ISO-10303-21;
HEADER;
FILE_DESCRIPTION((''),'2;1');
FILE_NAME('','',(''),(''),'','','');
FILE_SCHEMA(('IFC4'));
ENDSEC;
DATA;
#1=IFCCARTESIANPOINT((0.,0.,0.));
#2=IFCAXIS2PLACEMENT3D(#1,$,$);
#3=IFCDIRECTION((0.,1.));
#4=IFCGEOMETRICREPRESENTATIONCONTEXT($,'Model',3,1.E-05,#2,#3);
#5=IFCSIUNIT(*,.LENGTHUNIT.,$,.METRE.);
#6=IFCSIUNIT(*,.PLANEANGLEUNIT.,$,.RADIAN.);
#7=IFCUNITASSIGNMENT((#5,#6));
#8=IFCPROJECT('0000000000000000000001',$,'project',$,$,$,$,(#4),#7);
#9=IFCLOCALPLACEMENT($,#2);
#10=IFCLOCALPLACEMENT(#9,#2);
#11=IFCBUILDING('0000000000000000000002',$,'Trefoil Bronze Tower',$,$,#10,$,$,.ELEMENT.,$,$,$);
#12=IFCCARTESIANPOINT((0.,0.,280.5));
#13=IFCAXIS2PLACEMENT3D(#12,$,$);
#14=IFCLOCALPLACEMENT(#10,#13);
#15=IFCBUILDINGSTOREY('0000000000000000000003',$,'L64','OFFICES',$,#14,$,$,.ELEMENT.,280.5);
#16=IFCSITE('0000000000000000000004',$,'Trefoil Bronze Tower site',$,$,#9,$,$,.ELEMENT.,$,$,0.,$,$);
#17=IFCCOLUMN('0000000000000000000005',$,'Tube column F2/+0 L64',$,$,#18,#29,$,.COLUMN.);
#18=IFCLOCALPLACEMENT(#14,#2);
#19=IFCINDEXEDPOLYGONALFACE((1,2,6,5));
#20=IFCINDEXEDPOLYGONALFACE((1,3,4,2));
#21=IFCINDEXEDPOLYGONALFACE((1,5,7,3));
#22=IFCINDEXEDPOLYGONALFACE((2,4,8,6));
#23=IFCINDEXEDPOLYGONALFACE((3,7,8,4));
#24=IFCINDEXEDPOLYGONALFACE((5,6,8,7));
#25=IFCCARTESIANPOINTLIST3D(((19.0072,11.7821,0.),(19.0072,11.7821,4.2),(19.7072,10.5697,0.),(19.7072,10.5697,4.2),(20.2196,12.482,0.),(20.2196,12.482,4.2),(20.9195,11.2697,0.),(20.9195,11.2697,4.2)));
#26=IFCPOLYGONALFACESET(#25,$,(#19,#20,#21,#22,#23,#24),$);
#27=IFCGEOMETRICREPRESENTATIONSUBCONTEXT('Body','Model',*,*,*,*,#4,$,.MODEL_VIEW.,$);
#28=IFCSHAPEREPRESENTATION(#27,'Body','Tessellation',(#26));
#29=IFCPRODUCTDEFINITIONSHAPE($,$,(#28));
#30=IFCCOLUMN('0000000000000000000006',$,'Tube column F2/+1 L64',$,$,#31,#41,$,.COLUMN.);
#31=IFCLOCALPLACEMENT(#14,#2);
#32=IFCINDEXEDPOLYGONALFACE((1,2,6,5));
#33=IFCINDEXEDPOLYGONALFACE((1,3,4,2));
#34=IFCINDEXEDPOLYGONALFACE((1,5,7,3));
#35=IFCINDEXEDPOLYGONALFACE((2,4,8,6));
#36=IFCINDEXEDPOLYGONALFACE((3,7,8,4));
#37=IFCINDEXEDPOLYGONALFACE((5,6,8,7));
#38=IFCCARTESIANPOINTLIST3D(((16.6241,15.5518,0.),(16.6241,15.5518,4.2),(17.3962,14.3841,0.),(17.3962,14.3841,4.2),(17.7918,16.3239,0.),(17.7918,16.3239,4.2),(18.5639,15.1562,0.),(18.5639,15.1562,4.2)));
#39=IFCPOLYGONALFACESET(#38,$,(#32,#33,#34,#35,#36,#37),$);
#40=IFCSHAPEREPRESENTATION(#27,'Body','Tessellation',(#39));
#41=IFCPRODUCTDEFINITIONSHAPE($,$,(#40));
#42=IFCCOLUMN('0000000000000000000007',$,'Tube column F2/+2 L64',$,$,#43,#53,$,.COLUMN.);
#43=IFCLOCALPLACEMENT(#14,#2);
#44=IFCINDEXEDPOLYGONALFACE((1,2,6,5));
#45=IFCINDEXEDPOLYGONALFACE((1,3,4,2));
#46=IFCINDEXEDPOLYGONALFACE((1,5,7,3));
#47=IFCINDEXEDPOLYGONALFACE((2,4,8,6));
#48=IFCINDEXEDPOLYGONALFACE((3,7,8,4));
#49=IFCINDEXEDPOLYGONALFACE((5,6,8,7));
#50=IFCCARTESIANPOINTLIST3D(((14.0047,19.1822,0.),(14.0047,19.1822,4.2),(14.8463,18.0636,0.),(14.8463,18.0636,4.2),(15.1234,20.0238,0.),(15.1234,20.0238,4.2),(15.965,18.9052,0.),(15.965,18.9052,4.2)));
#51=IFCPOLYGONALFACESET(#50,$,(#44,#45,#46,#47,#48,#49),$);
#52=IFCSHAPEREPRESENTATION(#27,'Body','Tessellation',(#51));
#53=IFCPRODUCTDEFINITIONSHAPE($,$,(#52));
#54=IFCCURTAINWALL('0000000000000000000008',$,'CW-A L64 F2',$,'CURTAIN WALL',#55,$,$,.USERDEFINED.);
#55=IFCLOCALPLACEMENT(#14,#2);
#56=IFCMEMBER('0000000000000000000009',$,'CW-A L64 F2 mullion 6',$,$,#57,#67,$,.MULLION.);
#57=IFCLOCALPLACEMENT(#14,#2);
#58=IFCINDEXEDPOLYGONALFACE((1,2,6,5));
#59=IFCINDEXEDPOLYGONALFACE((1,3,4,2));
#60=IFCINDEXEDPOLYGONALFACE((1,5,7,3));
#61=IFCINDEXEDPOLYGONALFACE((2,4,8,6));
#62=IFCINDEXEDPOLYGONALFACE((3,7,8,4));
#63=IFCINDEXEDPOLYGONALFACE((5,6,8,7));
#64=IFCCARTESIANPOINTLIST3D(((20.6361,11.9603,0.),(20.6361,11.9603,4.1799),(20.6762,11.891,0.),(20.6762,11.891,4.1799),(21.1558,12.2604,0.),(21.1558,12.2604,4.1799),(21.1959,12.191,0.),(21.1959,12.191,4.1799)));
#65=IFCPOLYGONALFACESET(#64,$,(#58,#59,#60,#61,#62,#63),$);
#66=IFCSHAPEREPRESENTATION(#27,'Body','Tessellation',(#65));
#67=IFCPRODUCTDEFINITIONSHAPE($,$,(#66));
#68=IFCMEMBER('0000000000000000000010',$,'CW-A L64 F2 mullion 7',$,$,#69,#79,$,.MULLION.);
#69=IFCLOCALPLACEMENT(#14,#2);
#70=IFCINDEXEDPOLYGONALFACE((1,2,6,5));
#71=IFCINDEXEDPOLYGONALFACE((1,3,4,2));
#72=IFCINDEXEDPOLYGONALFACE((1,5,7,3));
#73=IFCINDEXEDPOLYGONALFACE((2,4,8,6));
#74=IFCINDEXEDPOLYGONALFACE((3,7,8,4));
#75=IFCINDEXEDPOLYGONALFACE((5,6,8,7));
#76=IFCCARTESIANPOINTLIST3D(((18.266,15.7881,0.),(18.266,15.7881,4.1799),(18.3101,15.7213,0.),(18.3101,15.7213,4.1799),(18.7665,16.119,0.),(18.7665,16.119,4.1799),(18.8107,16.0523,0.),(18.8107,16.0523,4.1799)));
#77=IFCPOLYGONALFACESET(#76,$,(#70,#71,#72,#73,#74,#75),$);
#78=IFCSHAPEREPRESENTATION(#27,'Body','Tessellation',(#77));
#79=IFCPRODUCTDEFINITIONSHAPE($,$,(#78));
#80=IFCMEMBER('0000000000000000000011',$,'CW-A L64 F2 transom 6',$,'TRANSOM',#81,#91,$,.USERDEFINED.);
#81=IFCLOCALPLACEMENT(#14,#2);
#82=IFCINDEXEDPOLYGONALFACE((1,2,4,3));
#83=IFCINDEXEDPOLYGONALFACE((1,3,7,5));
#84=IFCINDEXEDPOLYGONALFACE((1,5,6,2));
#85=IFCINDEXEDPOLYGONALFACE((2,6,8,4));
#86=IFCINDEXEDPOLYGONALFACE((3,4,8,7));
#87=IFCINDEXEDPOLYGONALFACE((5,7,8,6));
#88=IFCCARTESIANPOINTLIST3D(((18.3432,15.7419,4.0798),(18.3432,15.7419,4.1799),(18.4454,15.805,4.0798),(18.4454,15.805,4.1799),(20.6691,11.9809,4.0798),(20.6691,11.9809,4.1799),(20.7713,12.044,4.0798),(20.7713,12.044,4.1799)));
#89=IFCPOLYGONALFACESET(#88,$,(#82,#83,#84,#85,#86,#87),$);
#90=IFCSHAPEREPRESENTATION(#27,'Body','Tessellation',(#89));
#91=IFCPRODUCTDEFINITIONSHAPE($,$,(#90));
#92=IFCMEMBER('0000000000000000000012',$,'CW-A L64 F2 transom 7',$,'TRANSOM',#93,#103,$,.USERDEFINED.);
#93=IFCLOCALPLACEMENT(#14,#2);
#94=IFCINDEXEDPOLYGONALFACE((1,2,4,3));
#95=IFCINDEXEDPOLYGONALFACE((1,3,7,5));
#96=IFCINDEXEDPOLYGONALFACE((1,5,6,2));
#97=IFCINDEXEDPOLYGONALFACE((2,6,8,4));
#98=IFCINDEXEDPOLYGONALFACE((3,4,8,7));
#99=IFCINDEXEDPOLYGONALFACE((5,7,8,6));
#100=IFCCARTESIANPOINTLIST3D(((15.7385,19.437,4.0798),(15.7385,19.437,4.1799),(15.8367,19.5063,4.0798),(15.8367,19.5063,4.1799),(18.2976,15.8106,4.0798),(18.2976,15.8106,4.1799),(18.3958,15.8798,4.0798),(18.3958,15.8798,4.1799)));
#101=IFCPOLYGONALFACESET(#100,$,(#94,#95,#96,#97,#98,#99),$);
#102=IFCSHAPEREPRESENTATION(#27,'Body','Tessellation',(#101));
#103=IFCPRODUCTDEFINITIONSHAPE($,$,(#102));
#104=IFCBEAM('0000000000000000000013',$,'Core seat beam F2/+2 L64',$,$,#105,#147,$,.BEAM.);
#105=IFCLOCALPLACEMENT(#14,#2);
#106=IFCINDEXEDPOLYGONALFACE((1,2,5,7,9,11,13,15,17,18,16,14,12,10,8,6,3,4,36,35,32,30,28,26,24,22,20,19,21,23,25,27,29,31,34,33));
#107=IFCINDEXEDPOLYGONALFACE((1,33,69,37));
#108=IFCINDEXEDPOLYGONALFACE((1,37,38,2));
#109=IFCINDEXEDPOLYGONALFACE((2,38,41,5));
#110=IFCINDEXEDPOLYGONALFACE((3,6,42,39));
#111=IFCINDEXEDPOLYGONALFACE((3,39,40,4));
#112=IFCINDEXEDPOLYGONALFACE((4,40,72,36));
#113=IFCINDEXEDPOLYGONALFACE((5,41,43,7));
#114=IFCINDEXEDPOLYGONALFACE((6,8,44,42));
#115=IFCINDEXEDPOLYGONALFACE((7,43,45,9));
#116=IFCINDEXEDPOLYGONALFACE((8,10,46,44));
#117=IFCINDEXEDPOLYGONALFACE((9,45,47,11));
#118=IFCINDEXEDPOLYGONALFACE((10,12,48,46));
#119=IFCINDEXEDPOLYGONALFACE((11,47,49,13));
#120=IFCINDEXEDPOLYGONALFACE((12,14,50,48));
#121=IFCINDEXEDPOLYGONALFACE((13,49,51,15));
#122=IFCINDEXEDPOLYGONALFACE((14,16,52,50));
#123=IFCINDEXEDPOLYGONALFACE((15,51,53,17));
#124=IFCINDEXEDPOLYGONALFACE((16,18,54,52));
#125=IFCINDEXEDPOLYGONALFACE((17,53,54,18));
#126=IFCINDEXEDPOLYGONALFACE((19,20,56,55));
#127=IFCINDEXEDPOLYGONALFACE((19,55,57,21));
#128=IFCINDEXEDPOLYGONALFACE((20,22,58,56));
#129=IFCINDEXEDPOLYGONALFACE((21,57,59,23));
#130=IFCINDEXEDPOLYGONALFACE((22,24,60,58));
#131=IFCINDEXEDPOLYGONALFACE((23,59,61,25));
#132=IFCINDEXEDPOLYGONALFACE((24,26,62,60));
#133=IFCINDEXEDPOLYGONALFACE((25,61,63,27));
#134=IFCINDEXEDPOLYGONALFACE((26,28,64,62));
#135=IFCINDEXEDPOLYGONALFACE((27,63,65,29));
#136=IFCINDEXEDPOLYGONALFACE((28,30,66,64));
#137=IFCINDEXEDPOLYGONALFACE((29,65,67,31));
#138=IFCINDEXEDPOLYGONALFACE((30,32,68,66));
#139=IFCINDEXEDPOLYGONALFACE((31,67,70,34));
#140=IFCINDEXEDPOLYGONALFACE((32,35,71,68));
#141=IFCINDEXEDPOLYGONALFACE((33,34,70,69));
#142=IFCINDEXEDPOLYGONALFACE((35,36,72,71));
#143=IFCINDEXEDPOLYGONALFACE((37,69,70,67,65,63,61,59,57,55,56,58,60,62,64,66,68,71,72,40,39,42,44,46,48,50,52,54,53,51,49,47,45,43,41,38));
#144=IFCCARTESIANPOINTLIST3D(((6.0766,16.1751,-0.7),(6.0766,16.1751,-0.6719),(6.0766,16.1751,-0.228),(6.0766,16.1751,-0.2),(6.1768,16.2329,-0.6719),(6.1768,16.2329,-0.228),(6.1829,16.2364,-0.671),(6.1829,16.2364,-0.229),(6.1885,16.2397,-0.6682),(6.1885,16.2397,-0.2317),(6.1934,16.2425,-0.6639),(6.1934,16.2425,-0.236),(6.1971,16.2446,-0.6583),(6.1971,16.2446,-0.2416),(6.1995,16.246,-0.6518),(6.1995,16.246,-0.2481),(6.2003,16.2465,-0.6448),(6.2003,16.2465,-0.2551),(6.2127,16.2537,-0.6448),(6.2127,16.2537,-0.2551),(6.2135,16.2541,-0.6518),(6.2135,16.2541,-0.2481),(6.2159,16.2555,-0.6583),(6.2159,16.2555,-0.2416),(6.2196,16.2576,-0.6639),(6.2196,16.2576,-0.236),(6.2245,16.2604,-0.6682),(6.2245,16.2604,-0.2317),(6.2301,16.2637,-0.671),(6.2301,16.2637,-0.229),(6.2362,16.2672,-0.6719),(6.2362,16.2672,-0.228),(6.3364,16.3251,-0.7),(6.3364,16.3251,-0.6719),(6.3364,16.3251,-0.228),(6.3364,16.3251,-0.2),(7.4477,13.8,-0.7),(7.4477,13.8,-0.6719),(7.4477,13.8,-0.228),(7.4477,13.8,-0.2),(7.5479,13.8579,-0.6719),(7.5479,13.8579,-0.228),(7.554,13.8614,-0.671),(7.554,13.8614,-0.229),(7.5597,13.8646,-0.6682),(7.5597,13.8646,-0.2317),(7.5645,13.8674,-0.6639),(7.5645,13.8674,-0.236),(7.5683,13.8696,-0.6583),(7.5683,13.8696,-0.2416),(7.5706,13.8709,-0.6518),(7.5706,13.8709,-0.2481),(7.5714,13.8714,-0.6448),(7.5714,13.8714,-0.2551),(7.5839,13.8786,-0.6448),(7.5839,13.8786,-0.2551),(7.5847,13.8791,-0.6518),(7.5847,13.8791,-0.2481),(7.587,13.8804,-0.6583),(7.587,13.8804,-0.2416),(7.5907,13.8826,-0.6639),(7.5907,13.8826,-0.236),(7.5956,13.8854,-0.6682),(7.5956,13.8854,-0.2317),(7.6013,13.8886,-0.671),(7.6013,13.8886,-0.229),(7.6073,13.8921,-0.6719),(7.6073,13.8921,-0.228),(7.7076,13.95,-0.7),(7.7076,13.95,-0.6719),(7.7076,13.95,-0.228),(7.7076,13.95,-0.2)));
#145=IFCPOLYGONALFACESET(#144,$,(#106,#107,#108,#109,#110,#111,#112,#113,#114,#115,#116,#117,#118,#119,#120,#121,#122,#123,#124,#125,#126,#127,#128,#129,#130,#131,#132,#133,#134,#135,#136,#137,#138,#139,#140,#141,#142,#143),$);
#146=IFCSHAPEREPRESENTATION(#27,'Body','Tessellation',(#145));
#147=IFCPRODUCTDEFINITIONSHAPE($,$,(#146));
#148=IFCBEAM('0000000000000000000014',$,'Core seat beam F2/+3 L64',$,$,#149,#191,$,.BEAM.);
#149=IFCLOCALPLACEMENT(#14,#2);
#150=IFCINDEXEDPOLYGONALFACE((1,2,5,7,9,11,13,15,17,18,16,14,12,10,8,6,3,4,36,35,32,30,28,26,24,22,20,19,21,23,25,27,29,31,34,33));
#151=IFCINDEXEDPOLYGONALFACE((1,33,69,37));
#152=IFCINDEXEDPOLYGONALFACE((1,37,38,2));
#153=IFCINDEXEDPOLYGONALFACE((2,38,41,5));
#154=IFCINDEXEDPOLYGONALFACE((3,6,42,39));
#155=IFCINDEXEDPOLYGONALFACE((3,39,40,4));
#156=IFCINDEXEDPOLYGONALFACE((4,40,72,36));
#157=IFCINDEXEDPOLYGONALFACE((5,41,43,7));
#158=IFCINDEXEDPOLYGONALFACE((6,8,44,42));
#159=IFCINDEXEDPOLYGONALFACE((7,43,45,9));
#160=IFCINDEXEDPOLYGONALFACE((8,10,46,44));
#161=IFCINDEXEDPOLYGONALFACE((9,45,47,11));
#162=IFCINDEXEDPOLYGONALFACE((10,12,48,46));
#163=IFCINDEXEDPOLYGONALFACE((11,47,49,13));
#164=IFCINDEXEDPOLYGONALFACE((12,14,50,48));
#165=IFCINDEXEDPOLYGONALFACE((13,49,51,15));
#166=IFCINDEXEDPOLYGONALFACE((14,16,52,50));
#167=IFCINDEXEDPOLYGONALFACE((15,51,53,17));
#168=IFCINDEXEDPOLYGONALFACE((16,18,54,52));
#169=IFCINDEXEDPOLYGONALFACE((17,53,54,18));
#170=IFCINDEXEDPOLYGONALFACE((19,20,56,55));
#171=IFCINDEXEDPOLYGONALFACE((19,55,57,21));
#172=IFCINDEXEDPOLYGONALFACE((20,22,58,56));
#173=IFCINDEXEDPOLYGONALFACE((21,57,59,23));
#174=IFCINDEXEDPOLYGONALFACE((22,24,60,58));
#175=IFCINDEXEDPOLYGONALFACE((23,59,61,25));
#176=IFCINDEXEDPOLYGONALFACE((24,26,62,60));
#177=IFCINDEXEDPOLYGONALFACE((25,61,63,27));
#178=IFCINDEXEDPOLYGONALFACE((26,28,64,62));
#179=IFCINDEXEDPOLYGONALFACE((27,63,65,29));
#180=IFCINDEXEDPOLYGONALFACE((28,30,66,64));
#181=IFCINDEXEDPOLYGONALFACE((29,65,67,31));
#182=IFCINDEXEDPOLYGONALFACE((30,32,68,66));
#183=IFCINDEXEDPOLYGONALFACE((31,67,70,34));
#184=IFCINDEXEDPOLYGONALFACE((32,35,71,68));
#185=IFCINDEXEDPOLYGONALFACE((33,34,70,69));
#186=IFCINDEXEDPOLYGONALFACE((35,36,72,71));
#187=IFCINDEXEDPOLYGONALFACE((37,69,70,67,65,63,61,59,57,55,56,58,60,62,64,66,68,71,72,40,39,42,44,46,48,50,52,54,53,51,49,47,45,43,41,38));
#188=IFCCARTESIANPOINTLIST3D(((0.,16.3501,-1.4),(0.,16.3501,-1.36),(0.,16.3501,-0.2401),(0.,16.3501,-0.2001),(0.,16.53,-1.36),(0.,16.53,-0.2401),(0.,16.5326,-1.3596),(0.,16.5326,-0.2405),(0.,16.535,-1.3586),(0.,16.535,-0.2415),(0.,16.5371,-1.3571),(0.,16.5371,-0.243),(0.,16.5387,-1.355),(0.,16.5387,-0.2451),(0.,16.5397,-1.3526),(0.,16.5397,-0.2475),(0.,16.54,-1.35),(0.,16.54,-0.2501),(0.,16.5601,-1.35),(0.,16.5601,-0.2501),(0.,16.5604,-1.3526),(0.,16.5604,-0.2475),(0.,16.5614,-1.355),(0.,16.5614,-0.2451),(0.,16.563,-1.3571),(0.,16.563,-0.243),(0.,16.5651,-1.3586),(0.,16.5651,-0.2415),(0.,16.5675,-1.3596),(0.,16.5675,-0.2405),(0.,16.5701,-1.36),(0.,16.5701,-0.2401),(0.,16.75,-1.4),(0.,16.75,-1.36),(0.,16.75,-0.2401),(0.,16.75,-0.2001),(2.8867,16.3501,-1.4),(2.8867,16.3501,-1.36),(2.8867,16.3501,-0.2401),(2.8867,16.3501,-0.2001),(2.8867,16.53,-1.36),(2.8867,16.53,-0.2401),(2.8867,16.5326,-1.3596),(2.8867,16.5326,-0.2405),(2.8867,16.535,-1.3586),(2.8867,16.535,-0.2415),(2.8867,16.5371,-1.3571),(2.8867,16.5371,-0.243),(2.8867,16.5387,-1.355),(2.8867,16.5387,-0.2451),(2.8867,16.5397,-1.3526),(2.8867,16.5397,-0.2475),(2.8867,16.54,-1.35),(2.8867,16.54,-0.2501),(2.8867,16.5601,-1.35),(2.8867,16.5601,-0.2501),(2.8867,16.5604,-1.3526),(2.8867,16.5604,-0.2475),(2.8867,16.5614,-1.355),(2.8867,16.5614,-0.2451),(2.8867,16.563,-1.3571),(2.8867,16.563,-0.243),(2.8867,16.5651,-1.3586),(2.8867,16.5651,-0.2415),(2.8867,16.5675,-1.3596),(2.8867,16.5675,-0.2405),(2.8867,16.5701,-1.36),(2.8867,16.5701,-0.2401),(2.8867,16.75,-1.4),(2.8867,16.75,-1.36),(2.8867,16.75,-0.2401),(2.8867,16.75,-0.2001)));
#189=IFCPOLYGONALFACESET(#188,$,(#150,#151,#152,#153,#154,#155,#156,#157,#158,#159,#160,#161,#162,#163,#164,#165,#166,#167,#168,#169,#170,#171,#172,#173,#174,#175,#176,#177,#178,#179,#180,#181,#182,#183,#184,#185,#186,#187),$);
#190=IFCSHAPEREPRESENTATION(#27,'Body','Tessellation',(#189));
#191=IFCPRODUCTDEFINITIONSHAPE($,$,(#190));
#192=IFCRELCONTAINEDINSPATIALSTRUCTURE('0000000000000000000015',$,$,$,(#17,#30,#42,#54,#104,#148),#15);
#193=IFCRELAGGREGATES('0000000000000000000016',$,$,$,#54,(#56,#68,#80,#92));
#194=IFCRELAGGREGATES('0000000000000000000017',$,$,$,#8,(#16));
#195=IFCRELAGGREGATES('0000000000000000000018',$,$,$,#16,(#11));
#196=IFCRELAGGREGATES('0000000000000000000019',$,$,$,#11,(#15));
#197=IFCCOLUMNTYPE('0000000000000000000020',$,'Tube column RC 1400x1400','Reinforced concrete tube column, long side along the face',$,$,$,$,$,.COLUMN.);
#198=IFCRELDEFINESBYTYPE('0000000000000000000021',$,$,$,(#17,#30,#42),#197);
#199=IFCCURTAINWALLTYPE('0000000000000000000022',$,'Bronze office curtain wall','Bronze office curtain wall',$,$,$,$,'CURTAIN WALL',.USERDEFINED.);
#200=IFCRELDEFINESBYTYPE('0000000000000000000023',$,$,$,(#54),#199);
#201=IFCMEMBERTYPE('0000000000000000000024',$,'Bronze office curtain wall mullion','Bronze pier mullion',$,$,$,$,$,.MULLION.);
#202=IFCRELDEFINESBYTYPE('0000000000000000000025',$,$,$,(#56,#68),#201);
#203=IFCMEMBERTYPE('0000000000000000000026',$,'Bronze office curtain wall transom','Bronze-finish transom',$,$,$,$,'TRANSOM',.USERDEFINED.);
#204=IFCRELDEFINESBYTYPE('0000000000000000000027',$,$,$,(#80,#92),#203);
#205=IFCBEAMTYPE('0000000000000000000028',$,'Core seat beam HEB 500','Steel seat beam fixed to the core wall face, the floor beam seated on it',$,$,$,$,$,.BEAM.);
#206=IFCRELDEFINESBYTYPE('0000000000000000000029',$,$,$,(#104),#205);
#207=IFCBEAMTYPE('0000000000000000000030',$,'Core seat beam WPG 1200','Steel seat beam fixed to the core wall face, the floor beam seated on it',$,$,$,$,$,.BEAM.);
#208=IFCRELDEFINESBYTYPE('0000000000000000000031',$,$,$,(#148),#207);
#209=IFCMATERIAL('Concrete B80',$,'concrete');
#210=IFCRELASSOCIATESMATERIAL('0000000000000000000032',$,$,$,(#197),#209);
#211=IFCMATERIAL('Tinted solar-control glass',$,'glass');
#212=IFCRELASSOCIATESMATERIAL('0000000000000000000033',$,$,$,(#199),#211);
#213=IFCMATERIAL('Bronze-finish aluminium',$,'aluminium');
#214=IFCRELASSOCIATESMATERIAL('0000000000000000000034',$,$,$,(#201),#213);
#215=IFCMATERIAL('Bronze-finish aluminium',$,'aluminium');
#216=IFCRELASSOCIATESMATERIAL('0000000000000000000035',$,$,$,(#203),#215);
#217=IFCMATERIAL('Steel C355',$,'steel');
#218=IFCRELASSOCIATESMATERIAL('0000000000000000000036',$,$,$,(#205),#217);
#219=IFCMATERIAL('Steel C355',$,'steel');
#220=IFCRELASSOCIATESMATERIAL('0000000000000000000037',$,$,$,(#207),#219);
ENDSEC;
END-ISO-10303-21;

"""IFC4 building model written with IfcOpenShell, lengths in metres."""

from ifc_helpers import new_model, si_unit, direction, frame, origin, origin_2d, place, context, subcontext, project, spatial, rectangle, i_section, extrude, material, material_profile, profile_set, type_object, element, aggregate, save


model = new_model("IFC4")

# Units and contexts
model_context = context("Model", 3, precision=1e-05, world=origin(), true_north=direction((0.0, 1.0)))
body_context = subcontext(model_context, "Body", "Model", "MODEL_VIEW")
ifc_project = project(units=[si_unit("LENGTHUNIT", "METRE"), si_unit("PLANEANGLEUNIT", "RADIAN")], contexts=[model_context])

# Site, building, storey
site_placement = place(None, origin())
site = spatial("IfcSite", under=ifc_project, at=site_placement, Name="Trefoil Bronze Tower site", CompositionType="ELEMENT", RefElevation=0.0)
building_placement = place(site_placement, origin())
building = spatial("IfcBuilding", under=site, at=building_placement, Name="Trefoil Bronze Tower", CompositionType="ELEMENT")
storey_placement = place(building_placement, frame((0.0, 0.0, 280.5)))
storey = spatial("IfcBuildingStorey", under=building, at=storey_placement, Name="L64", Description="OFFICES", CompositionType="ELEMENT", Elevation=280.5)

# Columns
ifc_material_1 = material(Name="Concrete B80", Category="concrete")
ifc_material_profile_1 = material_profile(ifc_material_1, rectangle(XDim=1.3999, YDim=1.3999, at=origin_2d()), Name="RC 1400x1400")
ifc_profile_set_1 = profile_set([ifc_material_profile_1], Name="Concrete B80")
column_type = type_object("IfcColumnType", Name="Tube column RC 1400x1400", Description="Reinforced concrete tube column, long side along the face", PredefinedType="COLUMN", material=ifc_profile_set_1)
for number, where, z_axis, x_axis, name in (
    (1, (19.9634, 11.5259, 0.0), (0.0, 0.0, 1.0), (-0.5, 0.866025, 0.0), "Tube column F2/+0 L64"),
    (2, (17.594, 15.354, 0.0), (0.0, 0.0, 1.0), (-0.551524, 0.834159, 0.0), "Tube column F2/+1 L64"),
    (3, (14.9849, 19.0437, 0.0), (0.0, 0.0, 1.0), (-0.601203, 0.799096, 0.0), "Tube column F2/+2 L64"),
):
    element("IfcColumn", number, at=place(storey_placement, frame(where, z_axis=z_axis, x_axis=x_axis)), inside=storey, type_object=column_type, Name=name, PredefinedType="COLUMN", context=body_context, shape_type="SweptSolid", body=[
        extrude(rectangle(XDim=1.3999, YDim=1.3999, at=origin_2d()), origin(), (0.0, 0.0, 1.0), 4.2),
    ])

# Curtain wall, members
ifc_material_2 = material(Name="Tinted solar-control glass", Category="glass")
curtain_wall_type = type_object("IfcCurtainWallType", Name="Bronze office curtain wall", Description="Bronze office curtain wall", ElementType="CURTAIN WALL", PredefinedType="USERDEFINED", material=ifc_material_2)
curtain_wall_placement = place(storey_placement, origin())
curtain_wall = element("IfcCurtainWall", 4, at=curtain_wall_placement, inside=storey, type_object=curtain_wall_type, Name="CW-A L64 F2", ObjectType="CURTAIN WALL", PredefinedType="USERDEFINED")
ifc_material_3 = material(Name="Bronze-finish aluminium", Category="aluminium")
ifc_material_profile_2 = material_profile(ifc_material_3, rectangle(XDim=0.6001, YDim=0.0801, at=origin_2d()), Name="CW-A mullion")
ifc_profile_set_2 = profile_set([ifc_material_profile_2], Name="Bronze-finish aluminium")
member_type_1 = type_object("IfcMemberType", Name="Bronze office curtain wall mullion", Description="Bronze pier mullion", PredefinedType="MULLION", material=ifc_profile_set_2)
member_1_placement = place(storey_placement, frame((20.916, 12.0757, 0.0), z_axis=(0.0, 0.0, 1.0), x_axis=(-0.866025, -0.5, 0.0)))
member_1 = element("IfcMember", 5, at=member_1_placement, type_object=member_type_1, Name="CW-A L64 F2 mullion 6", PredefinedType="MULLION", context=body_context, shape_type="SweptSolid", body=[
    extrude(rectangle(XDim=0.6001, YDim=0.0801, at=origin_2d()), origin(), (0.0, 0.0, 1.0), 4.1799),
])
member_2_placement = place(storey_placement, frame((18.5383, 15.9202, 0.0), z_axis=(0.0, 0.0, 1.0), x_axis=(-0.834159, -0.551524, 0.0)))
member_2 = element("IfcMember", 6, at=member_2_placement, type_object=member_type_1, Name="CW-A L64 F2 mullion 7", PredefinedType="MULLION", context=body_context, shape_type="SweptSolid", body=[
    extrude(rectangle(XDim=0.6001, YDim=0.0801, at=origin_2d()), origin(), (0.0, 0.0, 1.0), 4.1799),
])
ifc_material_4 = material(Name="Bronze-finish aluminium", Category="aluminium")
ifc_material_profile_3 = material_profile(ifc_material_4, rectangle(XDim=0.1201, YDim=0.1001, at=origin_2d()), Name="CW-A transom")
ifc_profile_set_3 = profile_set([ifc_material_profile_3], Name="Bronze-finish aluminium")
member_type_2 = type_object("IfcMemberType", Name="Bronze office curtain wall transom", Description="Bronze-finish transom", ElementType="TRANSOM", PredefinedType="USERDEFINED", material=ifc_profile_set_3)
member_3_placement = place(storey_placement, frame((20.7202, 12.0125, 4.1299), z_axis=(-0.525978, 0.850498, 0.0), x_axis=(-0.850498, -0.525978, 0.0)))
member_3 = element("IfcMember", 7, at=member_3_placement, type_object=member_type_2, Name="CW-A L64 F2 transom 6", ObjectType="TRANSOM", PredefinedType="USERDEFINED", context=body_context, shape_type="SweptSolid", body=[
    extrude(rectangle(XDim=0.1201, YDim=0.1001, at=origin_2d()), origin(), (0.0, 0.0, 1.0), 4.4221),
])
member_4_placement = place(storey_placement, frame((18.3467, 15.8452, 4.1299), z_axis=(-0.576567, 0.81705, 0.0), x_axis=(-0.81705, -0.576567, 0.0)))
member_4 = element("IfcMember", 8, at=member_4_placement, type_object=member_type_2, Name="CW-A L64 F2 transom 7", ObjectType="TRANSOM", PredefinedType="USERDEFINED", context=body_context, shape_type="SweptSolid", body=[
    extrude(rectangle(XDim=0.1201, YDim=0.1001, at=origin_2d()), origin(), (0.0, 0.0, 1.0), 4.4385),
])

# Beams
ifc_material_5 = material(Name="Steel C355", Category="steel")
ifc_material_profile_4 = material_profile(ifc_material_5, i_section(OverallWidth=0.3, OverallDepth=0.5, WebThickness=0.0144, FlangeThickness=0.0281, FilletRadius=0.0271, at=origin_2d()), Name="HEB 500")
ifc_profile_set_4 = profile_set([ifc_material_profile_4], Name="Steel C355")
beam_type_1 = type_object("IfcBeamType", Name="Core seat beam HEB 500", Description="Steel seat beam fixed to the core wall face, the floor beam seated on it", PredefinedType="BEAM", material=ifc_profile_set_4)
beam_1_placement = place(storey_placement, frame((7.5776, 13.875, -0.45), z_axis=(-0.499969, 0.866043, 0.0), x_axis=(-0.866043, -0.499969, 0.0)))
element("IfcBeam", 9, at=beam_1_placement, inside=storey, type_object=beam_type_1, Name="Core seat beam F2/+2 L64", PredefinedType="BEAM", context=body_context, shape_type="SweptSolid", body=[
    extrude(i_section(OverallWidth=0.3, OverallDepth=0.5, WebThickness=0.0144, FlangeThickness=0.0281, FilletRadius=0.0271, at=origin_2d()), origin(), (0.0, 0.0, 1.0), 2.7424),
])
ifc_material_6 = material(Name="Steel C355", Category="steel")
ifc_material_profile_5 = material_profile(ifc_material_6, i_section(OverallWidth=0.3999, OverallDepth=1.2, WebThickness=0.02, FlangeThickness=0.04, FilletRadius=0.01, at=origin_2d()), Name="WPG 1200")
ifc_profile_set_5 = profile_set([ifc_material_profile_5], Name="Steel C355")
beam_type_2 = type_object("IfcBeamType", Name="Core seat beam WPG 1200", Description="Steel seat beam fixed to the core wall face, the floor beam seated on it", PredefinedType="BEAM", material=ifc_profile_set_5)
beam_2_placement = place(storey_placement, frame((2.8867, 16.55, -0.8), z_axis=(-1.0, 0.0, 0.0), x_axis=(0.0, -1.0, 0.0)))
element("IfcBeam", 10, at=beam_2_placement, inside=storey, type_object=beam_type_2, Name="Core seat beam F2/+3 L64", PredefinedType="BEAM", context=body_context, shape_type="SweptSolid", body=[
    extrude(i_section(OverallWidth=0.3999, OverallDepth=1.2, WebThickness=0.02, FlangeThickness=0.04, FilletRadius=0.01, at=origin_2d()), origin(), (0.0, 0.0, 1.0), 2.8867),
])

aggregate(curtain_wall, [member_1, member_2, member_3, member_4])

save(model, "model.ifc")
